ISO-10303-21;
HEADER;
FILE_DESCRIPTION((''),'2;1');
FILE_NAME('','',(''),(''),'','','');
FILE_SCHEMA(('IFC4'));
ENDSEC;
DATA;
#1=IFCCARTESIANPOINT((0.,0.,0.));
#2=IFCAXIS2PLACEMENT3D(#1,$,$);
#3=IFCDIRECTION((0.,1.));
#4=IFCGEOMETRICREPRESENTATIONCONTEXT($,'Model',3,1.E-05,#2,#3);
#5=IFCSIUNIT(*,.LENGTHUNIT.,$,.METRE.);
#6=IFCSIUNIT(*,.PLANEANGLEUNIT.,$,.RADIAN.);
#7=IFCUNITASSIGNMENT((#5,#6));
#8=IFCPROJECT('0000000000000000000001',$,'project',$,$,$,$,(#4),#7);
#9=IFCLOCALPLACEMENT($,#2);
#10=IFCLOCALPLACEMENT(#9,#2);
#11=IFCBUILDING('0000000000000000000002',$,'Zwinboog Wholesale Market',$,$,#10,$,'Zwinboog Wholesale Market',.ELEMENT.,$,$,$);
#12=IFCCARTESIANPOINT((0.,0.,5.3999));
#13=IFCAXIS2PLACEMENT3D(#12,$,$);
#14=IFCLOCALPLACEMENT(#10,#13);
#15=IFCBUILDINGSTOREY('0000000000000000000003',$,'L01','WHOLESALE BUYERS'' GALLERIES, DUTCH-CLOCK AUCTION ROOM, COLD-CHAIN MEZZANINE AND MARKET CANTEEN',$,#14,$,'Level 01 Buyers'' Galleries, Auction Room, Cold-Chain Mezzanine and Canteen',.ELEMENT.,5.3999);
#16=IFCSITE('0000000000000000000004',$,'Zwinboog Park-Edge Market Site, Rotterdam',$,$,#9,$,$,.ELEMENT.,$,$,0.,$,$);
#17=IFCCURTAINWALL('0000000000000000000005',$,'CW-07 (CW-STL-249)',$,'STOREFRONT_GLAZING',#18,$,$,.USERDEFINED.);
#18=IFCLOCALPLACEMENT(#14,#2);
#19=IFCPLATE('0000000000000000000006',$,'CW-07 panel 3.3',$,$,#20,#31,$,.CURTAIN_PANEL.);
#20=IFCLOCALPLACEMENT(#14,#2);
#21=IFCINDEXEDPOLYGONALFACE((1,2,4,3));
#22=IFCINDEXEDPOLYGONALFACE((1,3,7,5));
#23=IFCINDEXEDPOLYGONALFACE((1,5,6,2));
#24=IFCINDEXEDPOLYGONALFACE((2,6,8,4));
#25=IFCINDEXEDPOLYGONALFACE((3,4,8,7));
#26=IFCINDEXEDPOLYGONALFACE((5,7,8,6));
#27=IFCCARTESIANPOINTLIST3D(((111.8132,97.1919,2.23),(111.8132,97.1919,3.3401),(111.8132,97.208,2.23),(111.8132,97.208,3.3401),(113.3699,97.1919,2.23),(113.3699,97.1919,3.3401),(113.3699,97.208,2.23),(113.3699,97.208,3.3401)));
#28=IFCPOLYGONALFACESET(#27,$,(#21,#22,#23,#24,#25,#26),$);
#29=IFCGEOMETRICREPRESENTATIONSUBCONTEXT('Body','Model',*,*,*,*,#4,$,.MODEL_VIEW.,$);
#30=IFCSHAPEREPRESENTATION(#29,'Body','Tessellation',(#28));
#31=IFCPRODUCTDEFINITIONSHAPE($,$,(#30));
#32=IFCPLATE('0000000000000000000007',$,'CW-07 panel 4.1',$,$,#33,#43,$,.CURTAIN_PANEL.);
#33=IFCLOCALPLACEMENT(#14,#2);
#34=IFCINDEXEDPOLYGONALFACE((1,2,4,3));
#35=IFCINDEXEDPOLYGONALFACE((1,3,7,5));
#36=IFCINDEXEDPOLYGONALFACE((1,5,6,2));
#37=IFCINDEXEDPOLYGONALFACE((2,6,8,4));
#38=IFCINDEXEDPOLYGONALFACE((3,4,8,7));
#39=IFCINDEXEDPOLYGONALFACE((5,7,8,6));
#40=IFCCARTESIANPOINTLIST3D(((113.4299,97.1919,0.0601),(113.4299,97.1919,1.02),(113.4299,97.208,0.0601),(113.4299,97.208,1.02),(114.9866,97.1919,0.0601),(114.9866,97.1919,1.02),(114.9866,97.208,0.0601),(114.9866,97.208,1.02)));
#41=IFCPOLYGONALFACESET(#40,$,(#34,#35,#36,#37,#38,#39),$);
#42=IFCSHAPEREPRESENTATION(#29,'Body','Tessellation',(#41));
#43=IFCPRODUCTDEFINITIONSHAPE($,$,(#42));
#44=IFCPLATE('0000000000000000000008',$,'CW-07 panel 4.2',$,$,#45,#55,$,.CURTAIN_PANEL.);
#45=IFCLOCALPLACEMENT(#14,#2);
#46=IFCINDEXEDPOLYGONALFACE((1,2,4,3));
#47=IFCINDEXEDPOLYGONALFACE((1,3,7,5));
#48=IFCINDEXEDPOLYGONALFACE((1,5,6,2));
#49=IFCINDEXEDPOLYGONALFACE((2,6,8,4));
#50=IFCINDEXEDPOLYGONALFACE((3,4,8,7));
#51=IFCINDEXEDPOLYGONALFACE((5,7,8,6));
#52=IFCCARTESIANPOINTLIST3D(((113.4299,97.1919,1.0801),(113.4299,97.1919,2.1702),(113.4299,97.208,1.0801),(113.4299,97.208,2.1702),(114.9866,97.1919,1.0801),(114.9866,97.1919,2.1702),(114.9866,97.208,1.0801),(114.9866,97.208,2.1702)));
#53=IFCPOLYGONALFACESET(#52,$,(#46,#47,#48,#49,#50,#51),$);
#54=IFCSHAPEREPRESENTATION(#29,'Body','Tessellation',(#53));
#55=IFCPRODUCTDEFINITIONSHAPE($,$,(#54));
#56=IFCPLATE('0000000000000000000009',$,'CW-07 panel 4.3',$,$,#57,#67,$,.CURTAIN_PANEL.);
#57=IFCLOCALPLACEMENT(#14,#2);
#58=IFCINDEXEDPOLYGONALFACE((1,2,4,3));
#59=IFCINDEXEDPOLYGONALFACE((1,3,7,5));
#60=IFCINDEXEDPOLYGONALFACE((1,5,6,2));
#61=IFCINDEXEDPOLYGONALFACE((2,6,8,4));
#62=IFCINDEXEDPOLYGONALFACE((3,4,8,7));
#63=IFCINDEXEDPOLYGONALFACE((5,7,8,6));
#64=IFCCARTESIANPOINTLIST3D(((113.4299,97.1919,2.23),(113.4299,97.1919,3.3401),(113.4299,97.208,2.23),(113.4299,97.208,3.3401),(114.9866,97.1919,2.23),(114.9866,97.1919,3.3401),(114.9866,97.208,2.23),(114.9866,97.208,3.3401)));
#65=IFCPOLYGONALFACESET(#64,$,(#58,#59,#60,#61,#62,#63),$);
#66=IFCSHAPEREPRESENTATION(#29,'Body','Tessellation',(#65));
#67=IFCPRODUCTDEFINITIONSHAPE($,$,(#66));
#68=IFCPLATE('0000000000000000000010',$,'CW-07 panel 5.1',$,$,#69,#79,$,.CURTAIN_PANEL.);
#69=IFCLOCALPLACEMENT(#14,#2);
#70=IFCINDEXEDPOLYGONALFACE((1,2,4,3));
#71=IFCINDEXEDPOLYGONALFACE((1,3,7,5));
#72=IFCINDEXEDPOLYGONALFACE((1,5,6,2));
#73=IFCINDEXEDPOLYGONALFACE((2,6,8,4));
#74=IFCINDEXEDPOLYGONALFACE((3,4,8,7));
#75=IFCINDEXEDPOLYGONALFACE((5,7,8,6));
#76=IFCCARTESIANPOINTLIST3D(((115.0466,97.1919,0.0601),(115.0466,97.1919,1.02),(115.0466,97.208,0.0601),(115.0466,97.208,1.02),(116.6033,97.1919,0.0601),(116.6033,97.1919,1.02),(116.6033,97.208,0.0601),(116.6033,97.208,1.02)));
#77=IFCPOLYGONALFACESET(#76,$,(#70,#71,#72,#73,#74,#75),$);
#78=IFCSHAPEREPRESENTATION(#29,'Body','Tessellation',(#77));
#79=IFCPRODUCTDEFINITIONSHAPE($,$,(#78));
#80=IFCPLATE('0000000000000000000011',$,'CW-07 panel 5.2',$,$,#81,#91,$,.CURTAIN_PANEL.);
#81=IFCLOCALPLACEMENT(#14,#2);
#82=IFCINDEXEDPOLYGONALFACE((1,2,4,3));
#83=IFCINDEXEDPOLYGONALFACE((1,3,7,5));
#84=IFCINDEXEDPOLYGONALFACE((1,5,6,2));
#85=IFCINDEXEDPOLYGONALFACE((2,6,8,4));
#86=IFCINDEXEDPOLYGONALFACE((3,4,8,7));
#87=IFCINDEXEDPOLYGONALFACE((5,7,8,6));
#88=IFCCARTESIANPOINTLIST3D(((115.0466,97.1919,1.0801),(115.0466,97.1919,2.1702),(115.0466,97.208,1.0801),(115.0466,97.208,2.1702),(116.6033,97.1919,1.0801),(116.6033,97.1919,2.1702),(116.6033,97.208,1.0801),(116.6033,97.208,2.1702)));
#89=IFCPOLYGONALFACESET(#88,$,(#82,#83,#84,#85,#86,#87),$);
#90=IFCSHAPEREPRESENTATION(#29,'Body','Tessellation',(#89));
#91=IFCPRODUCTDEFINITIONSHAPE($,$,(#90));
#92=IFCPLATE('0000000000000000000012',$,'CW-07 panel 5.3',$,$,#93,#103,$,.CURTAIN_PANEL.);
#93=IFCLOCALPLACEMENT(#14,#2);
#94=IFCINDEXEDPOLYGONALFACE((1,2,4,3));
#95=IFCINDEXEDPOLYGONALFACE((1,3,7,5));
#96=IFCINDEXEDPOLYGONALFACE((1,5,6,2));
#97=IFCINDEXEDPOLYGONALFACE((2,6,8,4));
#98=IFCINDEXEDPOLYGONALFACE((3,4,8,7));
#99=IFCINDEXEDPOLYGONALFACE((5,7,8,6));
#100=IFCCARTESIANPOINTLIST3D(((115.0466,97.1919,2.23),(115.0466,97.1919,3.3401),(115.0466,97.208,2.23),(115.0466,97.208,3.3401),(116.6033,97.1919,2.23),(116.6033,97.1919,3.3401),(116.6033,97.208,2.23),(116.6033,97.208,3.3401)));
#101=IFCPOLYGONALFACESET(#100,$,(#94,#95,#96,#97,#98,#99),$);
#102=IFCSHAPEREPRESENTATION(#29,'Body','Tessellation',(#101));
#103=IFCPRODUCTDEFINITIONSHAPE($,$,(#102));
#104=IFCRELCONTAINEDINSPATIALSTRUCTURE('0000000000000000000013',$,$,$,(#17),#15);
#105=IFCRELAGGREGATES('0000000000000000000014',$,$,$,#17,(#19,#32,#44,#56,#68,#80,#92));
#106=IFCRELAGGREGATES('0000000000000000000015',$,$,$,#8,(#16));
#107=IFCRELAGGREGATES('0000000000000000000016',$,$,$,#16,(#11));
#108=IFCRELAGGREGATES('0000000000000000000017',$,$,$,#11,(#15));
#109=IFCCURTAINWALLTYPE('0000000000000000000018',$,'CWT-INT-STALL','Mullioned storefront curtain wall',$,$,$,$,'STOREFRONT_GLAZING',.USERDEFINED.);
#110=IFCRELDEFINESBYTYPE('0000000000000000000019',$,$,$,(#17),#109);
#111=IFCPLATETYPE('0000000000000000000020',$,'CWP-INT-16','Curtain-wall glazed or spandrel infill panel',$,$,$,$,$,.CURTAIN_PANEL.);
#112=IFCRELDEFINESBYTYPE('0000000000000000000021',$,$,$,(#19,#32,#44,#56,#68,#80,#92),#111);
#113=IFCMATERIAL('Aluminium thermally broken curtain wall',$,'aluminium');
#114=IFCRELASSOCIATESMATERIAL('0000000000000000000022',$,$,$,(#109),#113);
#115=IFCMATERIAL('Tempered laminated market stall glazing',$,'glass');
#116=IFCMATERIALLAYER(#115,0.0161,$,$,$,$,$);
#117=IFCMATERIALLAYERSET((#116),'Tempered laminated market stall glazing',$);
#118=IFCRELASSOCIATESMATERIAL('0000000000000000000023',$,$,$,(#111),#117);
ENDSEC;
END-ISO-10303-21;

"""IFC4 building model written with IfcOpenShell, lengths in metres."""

from ifc_helpers import new_model, si_unit, direction, frame, origin, origin_2d, place, context, subcontext, project, spatial, rectangle, extrude, material, layer, layer_set, type_object, element, aggregate, save


model = new_model("IFC4")

# Units and contexts
model_context = context("Model", 3, precision=1e-05, world=origin(), true_north=direction((0.0, 1.0)))
body_context = subcontext(model_context, "Body", "Model", "MODEL_VIEW")
ifc_project = project(units=[si_unit("LENGTHUNIT", "METRE"), si_unit("PLANEANGLEUNIT", "RADIAN")], contexts=[model_context])

# Site, building, storey
site_placement = place(None, origin())
site = spatial("IfcSite", under=ifc_project, at=site_placement, Name="Zwinboog Park-Edge Market Site, Rotterdam", CompositionType="ELEMENT", RefElevation=0.0)
building_placement = place(site_placement, origin())
building = spatial("IfcBuilding", under=site, at=building_placement, Name="Zwinboog Wholesale Market", LongName="Zwinboog Wholesale Market", CompositionType="ELEMENT")
storey_placement = place(building_placement, frame((0.0, 0.0, 5.3999)))
storey = spatial("IfcBuildingStorey", under=building, at=storey_placement, Name="L01", Description="WHOLESALE BUYERS' GALLERIES, DUTCH-CLOCK AUCTION ROOM, COLD-CHAIN MEZZANINE AND MARKET CANTEEN", LongName="Level 01 Buyers' Galleries, Auction Room, Cold-Chain Mezzanine and Canteen", CompositionType="ELEMENT", Elevation=5.3999)

# Curtain wall, plates
ifc_material_1 = material(Name="Aluminium thermally broken curtain wall", Category="aluminium")
curtain_wall_type = type_object("IfcCurtainWallType", Name="CWT-INT-STALL", Description="Mullioned storefront curtain wall", ElementType="STOREFRONT_GLAZING", PredefinedType="USERDEFINED", material=ifc_material_1)
curtain_wall_placement = place(storey_placement, origin())
curtain_wall = element("IfcCurtainWall", 1, at=curtain_wall_placement, inside=storey, type_object=curtain_wall_type, Name="CW-07 (CW-STL-249)", ObjectType="STOREFRONT_GLAZING", PredefinedType="USERDEFINED")
ifc_material_2 = material(Name="Tempered laminated market stall glazing", Category="glass")
ifc_layer = layer(ifc_material_2, 0.0161)
ifc_layer_set = layer_set([ifc_layer], Name="Tempered laminated market stall glazing")
plate_type = type_object("IfcPlateType", Name="CWP-INT-16", Description="Curtain-wall glazed or spandrel infill panel", PredefinedType="CURTAIN_PANEL", material=ifc_layer_set)
plate_1_placement = place(storey_placement, frame((112.5916, 97.2, 2.23), z_axis=(0.0, 0.0, 1.0), x_axis=(1.0, 0.0, 0.0)))
plate_1 = element("IfcPlate", 2, at=plate_1_placement, type_object=plate_type, Name="CW-07 panel 3.3", PredefinedType="CURTAIN_PANEL", context=body_context, shape_type="SweptSolid", body=[
    extrude(rectangle(XDim=1.5566, YDim=0.0161, at=origin_2d()), origin(), (0.0, 0.0, 1.0), 1.1101),
])
plate_2_placement = place(storey_placement, frame((114.2083, 97.2, 0.0601), z_axis=(0.0, 0.0, 1.0), x_axis=(1.0, 0.0, 0.0)))
plate_2 = element("IfcPlate", 3, at=plate_2_placement, type_object=plate_type, Name="CW-07 panel 4.1", PredefinedType="CURTAIN_PANEL", context=body_context, shape_type="SweptSolid", body=[
    extrude(rectangle(XDim=1.5566, YDim=0.0161, at=origin_2d()), origin(), (0.0, 0.0, 1.0), 0.96),
])
plate_3_placement = place(storey_placement, frame((114.2083, 97.2, 1.0801), z_axis=(0.0, 0.0, 1.0), x_axis=(1.0, 0.0, 0.0)))
plate_3 = element("IfcPlate", 4, at=plate_3_placement, type_object=plate_type, Name="CW-07 panel 4.2", PredefinedType="CURTAIN_PANEL", context=body_context, shape_type="SweptSolid", body=[
    extrude(rectangle(XDim=1.5566, YDim=0.0161, at=origin_2d()), origin(), (0.0, 0.0, 1.0), 1.0901),
])
plate_4_placement = place(storey_placement, frame((114.2083, 97.2, 2.23), z_axis=(0.0, 0.0, 1.0), x_axis=(1.0, 0.0, 0.0)))
plate_4 = element("IfcPlate", 5, at=plate_4_placement, type_object=plate_type, Name="CW-07 panel 4.3", PredefinedType="CURTAIN_PANEL", context=body_context, shape_type="SweptSolid", body=[
    extrude(rectangle(XDim=1.5566, YDim=0.0161, at=origin_2d()), origin(), (0.0, 0.0, 1.0), 1.1101),
])
plate_5_placement = place(storey_placement, frame((115.825, 97.2, 0.0601), z_axis=(0.0, 0.0, 1.0), x_axis=(1.0, 0.0, 0.0)))
plate_5 = element("IfcPlate", 6, at=plate_5_placement, type_object=plate_type, Name="CW-07 panel 5.1", PredefinedType="CURTAIN_PANEL", context=body_context, shape_type="SweptSolid", body=[
    extrude(rectangle(XDim=1.5566, YDim=0.0161, at=origin_2d()), origin(), (0.0, 0.0, 1.0), 0.96),
])
plate_6_placement = place(storey_placement, frame((115.825, 97.2, 1.0801), z_axis=(0.0, 0.0, 1.0), x_axis=(1.0, 0.0, 0.0)))
plate_6 = element("IfcPlate", 7, at=plate_6_placement, type_object=plate_type, Name="CW-07 panel 5.2", PredefinedType="CURTAIN_PANEL", context=body_context, shape_type="SweptSolid", body=[
    extrude(rectangle(XDim=1.5566, YDim=0.0161, at=origin_2d()), origin(), (0.0, 0.0, 1.0), 1.0901),
])
plate_7_placement = place(storey_placement, frame((115.825, 97.2, 2.23), z_axis=(0.0, 0.0, 1.0), x_axis=(1.0, 0.0, 0.0)))
plate_7 = element("IfcPlate", 8, at=plate_7_placement, type_object=plate_type, Name="CW-07 panel 5.3", PredefinedType="CURTAIN_PANEL", context=body_context, shape_type="SweptSolid", body=[
    extrude(rectangle(XDim=1.5566, YDim=0.0161, at=origin_2d()), origin(), (0.0, 0.0, 1.0), 1.1101),
])
aggregate(curtain_wall, [plate_1, plate_2, plate_3, plate_4, plate_5, plate_6, plate_7])

save(model, "model.ifc")
